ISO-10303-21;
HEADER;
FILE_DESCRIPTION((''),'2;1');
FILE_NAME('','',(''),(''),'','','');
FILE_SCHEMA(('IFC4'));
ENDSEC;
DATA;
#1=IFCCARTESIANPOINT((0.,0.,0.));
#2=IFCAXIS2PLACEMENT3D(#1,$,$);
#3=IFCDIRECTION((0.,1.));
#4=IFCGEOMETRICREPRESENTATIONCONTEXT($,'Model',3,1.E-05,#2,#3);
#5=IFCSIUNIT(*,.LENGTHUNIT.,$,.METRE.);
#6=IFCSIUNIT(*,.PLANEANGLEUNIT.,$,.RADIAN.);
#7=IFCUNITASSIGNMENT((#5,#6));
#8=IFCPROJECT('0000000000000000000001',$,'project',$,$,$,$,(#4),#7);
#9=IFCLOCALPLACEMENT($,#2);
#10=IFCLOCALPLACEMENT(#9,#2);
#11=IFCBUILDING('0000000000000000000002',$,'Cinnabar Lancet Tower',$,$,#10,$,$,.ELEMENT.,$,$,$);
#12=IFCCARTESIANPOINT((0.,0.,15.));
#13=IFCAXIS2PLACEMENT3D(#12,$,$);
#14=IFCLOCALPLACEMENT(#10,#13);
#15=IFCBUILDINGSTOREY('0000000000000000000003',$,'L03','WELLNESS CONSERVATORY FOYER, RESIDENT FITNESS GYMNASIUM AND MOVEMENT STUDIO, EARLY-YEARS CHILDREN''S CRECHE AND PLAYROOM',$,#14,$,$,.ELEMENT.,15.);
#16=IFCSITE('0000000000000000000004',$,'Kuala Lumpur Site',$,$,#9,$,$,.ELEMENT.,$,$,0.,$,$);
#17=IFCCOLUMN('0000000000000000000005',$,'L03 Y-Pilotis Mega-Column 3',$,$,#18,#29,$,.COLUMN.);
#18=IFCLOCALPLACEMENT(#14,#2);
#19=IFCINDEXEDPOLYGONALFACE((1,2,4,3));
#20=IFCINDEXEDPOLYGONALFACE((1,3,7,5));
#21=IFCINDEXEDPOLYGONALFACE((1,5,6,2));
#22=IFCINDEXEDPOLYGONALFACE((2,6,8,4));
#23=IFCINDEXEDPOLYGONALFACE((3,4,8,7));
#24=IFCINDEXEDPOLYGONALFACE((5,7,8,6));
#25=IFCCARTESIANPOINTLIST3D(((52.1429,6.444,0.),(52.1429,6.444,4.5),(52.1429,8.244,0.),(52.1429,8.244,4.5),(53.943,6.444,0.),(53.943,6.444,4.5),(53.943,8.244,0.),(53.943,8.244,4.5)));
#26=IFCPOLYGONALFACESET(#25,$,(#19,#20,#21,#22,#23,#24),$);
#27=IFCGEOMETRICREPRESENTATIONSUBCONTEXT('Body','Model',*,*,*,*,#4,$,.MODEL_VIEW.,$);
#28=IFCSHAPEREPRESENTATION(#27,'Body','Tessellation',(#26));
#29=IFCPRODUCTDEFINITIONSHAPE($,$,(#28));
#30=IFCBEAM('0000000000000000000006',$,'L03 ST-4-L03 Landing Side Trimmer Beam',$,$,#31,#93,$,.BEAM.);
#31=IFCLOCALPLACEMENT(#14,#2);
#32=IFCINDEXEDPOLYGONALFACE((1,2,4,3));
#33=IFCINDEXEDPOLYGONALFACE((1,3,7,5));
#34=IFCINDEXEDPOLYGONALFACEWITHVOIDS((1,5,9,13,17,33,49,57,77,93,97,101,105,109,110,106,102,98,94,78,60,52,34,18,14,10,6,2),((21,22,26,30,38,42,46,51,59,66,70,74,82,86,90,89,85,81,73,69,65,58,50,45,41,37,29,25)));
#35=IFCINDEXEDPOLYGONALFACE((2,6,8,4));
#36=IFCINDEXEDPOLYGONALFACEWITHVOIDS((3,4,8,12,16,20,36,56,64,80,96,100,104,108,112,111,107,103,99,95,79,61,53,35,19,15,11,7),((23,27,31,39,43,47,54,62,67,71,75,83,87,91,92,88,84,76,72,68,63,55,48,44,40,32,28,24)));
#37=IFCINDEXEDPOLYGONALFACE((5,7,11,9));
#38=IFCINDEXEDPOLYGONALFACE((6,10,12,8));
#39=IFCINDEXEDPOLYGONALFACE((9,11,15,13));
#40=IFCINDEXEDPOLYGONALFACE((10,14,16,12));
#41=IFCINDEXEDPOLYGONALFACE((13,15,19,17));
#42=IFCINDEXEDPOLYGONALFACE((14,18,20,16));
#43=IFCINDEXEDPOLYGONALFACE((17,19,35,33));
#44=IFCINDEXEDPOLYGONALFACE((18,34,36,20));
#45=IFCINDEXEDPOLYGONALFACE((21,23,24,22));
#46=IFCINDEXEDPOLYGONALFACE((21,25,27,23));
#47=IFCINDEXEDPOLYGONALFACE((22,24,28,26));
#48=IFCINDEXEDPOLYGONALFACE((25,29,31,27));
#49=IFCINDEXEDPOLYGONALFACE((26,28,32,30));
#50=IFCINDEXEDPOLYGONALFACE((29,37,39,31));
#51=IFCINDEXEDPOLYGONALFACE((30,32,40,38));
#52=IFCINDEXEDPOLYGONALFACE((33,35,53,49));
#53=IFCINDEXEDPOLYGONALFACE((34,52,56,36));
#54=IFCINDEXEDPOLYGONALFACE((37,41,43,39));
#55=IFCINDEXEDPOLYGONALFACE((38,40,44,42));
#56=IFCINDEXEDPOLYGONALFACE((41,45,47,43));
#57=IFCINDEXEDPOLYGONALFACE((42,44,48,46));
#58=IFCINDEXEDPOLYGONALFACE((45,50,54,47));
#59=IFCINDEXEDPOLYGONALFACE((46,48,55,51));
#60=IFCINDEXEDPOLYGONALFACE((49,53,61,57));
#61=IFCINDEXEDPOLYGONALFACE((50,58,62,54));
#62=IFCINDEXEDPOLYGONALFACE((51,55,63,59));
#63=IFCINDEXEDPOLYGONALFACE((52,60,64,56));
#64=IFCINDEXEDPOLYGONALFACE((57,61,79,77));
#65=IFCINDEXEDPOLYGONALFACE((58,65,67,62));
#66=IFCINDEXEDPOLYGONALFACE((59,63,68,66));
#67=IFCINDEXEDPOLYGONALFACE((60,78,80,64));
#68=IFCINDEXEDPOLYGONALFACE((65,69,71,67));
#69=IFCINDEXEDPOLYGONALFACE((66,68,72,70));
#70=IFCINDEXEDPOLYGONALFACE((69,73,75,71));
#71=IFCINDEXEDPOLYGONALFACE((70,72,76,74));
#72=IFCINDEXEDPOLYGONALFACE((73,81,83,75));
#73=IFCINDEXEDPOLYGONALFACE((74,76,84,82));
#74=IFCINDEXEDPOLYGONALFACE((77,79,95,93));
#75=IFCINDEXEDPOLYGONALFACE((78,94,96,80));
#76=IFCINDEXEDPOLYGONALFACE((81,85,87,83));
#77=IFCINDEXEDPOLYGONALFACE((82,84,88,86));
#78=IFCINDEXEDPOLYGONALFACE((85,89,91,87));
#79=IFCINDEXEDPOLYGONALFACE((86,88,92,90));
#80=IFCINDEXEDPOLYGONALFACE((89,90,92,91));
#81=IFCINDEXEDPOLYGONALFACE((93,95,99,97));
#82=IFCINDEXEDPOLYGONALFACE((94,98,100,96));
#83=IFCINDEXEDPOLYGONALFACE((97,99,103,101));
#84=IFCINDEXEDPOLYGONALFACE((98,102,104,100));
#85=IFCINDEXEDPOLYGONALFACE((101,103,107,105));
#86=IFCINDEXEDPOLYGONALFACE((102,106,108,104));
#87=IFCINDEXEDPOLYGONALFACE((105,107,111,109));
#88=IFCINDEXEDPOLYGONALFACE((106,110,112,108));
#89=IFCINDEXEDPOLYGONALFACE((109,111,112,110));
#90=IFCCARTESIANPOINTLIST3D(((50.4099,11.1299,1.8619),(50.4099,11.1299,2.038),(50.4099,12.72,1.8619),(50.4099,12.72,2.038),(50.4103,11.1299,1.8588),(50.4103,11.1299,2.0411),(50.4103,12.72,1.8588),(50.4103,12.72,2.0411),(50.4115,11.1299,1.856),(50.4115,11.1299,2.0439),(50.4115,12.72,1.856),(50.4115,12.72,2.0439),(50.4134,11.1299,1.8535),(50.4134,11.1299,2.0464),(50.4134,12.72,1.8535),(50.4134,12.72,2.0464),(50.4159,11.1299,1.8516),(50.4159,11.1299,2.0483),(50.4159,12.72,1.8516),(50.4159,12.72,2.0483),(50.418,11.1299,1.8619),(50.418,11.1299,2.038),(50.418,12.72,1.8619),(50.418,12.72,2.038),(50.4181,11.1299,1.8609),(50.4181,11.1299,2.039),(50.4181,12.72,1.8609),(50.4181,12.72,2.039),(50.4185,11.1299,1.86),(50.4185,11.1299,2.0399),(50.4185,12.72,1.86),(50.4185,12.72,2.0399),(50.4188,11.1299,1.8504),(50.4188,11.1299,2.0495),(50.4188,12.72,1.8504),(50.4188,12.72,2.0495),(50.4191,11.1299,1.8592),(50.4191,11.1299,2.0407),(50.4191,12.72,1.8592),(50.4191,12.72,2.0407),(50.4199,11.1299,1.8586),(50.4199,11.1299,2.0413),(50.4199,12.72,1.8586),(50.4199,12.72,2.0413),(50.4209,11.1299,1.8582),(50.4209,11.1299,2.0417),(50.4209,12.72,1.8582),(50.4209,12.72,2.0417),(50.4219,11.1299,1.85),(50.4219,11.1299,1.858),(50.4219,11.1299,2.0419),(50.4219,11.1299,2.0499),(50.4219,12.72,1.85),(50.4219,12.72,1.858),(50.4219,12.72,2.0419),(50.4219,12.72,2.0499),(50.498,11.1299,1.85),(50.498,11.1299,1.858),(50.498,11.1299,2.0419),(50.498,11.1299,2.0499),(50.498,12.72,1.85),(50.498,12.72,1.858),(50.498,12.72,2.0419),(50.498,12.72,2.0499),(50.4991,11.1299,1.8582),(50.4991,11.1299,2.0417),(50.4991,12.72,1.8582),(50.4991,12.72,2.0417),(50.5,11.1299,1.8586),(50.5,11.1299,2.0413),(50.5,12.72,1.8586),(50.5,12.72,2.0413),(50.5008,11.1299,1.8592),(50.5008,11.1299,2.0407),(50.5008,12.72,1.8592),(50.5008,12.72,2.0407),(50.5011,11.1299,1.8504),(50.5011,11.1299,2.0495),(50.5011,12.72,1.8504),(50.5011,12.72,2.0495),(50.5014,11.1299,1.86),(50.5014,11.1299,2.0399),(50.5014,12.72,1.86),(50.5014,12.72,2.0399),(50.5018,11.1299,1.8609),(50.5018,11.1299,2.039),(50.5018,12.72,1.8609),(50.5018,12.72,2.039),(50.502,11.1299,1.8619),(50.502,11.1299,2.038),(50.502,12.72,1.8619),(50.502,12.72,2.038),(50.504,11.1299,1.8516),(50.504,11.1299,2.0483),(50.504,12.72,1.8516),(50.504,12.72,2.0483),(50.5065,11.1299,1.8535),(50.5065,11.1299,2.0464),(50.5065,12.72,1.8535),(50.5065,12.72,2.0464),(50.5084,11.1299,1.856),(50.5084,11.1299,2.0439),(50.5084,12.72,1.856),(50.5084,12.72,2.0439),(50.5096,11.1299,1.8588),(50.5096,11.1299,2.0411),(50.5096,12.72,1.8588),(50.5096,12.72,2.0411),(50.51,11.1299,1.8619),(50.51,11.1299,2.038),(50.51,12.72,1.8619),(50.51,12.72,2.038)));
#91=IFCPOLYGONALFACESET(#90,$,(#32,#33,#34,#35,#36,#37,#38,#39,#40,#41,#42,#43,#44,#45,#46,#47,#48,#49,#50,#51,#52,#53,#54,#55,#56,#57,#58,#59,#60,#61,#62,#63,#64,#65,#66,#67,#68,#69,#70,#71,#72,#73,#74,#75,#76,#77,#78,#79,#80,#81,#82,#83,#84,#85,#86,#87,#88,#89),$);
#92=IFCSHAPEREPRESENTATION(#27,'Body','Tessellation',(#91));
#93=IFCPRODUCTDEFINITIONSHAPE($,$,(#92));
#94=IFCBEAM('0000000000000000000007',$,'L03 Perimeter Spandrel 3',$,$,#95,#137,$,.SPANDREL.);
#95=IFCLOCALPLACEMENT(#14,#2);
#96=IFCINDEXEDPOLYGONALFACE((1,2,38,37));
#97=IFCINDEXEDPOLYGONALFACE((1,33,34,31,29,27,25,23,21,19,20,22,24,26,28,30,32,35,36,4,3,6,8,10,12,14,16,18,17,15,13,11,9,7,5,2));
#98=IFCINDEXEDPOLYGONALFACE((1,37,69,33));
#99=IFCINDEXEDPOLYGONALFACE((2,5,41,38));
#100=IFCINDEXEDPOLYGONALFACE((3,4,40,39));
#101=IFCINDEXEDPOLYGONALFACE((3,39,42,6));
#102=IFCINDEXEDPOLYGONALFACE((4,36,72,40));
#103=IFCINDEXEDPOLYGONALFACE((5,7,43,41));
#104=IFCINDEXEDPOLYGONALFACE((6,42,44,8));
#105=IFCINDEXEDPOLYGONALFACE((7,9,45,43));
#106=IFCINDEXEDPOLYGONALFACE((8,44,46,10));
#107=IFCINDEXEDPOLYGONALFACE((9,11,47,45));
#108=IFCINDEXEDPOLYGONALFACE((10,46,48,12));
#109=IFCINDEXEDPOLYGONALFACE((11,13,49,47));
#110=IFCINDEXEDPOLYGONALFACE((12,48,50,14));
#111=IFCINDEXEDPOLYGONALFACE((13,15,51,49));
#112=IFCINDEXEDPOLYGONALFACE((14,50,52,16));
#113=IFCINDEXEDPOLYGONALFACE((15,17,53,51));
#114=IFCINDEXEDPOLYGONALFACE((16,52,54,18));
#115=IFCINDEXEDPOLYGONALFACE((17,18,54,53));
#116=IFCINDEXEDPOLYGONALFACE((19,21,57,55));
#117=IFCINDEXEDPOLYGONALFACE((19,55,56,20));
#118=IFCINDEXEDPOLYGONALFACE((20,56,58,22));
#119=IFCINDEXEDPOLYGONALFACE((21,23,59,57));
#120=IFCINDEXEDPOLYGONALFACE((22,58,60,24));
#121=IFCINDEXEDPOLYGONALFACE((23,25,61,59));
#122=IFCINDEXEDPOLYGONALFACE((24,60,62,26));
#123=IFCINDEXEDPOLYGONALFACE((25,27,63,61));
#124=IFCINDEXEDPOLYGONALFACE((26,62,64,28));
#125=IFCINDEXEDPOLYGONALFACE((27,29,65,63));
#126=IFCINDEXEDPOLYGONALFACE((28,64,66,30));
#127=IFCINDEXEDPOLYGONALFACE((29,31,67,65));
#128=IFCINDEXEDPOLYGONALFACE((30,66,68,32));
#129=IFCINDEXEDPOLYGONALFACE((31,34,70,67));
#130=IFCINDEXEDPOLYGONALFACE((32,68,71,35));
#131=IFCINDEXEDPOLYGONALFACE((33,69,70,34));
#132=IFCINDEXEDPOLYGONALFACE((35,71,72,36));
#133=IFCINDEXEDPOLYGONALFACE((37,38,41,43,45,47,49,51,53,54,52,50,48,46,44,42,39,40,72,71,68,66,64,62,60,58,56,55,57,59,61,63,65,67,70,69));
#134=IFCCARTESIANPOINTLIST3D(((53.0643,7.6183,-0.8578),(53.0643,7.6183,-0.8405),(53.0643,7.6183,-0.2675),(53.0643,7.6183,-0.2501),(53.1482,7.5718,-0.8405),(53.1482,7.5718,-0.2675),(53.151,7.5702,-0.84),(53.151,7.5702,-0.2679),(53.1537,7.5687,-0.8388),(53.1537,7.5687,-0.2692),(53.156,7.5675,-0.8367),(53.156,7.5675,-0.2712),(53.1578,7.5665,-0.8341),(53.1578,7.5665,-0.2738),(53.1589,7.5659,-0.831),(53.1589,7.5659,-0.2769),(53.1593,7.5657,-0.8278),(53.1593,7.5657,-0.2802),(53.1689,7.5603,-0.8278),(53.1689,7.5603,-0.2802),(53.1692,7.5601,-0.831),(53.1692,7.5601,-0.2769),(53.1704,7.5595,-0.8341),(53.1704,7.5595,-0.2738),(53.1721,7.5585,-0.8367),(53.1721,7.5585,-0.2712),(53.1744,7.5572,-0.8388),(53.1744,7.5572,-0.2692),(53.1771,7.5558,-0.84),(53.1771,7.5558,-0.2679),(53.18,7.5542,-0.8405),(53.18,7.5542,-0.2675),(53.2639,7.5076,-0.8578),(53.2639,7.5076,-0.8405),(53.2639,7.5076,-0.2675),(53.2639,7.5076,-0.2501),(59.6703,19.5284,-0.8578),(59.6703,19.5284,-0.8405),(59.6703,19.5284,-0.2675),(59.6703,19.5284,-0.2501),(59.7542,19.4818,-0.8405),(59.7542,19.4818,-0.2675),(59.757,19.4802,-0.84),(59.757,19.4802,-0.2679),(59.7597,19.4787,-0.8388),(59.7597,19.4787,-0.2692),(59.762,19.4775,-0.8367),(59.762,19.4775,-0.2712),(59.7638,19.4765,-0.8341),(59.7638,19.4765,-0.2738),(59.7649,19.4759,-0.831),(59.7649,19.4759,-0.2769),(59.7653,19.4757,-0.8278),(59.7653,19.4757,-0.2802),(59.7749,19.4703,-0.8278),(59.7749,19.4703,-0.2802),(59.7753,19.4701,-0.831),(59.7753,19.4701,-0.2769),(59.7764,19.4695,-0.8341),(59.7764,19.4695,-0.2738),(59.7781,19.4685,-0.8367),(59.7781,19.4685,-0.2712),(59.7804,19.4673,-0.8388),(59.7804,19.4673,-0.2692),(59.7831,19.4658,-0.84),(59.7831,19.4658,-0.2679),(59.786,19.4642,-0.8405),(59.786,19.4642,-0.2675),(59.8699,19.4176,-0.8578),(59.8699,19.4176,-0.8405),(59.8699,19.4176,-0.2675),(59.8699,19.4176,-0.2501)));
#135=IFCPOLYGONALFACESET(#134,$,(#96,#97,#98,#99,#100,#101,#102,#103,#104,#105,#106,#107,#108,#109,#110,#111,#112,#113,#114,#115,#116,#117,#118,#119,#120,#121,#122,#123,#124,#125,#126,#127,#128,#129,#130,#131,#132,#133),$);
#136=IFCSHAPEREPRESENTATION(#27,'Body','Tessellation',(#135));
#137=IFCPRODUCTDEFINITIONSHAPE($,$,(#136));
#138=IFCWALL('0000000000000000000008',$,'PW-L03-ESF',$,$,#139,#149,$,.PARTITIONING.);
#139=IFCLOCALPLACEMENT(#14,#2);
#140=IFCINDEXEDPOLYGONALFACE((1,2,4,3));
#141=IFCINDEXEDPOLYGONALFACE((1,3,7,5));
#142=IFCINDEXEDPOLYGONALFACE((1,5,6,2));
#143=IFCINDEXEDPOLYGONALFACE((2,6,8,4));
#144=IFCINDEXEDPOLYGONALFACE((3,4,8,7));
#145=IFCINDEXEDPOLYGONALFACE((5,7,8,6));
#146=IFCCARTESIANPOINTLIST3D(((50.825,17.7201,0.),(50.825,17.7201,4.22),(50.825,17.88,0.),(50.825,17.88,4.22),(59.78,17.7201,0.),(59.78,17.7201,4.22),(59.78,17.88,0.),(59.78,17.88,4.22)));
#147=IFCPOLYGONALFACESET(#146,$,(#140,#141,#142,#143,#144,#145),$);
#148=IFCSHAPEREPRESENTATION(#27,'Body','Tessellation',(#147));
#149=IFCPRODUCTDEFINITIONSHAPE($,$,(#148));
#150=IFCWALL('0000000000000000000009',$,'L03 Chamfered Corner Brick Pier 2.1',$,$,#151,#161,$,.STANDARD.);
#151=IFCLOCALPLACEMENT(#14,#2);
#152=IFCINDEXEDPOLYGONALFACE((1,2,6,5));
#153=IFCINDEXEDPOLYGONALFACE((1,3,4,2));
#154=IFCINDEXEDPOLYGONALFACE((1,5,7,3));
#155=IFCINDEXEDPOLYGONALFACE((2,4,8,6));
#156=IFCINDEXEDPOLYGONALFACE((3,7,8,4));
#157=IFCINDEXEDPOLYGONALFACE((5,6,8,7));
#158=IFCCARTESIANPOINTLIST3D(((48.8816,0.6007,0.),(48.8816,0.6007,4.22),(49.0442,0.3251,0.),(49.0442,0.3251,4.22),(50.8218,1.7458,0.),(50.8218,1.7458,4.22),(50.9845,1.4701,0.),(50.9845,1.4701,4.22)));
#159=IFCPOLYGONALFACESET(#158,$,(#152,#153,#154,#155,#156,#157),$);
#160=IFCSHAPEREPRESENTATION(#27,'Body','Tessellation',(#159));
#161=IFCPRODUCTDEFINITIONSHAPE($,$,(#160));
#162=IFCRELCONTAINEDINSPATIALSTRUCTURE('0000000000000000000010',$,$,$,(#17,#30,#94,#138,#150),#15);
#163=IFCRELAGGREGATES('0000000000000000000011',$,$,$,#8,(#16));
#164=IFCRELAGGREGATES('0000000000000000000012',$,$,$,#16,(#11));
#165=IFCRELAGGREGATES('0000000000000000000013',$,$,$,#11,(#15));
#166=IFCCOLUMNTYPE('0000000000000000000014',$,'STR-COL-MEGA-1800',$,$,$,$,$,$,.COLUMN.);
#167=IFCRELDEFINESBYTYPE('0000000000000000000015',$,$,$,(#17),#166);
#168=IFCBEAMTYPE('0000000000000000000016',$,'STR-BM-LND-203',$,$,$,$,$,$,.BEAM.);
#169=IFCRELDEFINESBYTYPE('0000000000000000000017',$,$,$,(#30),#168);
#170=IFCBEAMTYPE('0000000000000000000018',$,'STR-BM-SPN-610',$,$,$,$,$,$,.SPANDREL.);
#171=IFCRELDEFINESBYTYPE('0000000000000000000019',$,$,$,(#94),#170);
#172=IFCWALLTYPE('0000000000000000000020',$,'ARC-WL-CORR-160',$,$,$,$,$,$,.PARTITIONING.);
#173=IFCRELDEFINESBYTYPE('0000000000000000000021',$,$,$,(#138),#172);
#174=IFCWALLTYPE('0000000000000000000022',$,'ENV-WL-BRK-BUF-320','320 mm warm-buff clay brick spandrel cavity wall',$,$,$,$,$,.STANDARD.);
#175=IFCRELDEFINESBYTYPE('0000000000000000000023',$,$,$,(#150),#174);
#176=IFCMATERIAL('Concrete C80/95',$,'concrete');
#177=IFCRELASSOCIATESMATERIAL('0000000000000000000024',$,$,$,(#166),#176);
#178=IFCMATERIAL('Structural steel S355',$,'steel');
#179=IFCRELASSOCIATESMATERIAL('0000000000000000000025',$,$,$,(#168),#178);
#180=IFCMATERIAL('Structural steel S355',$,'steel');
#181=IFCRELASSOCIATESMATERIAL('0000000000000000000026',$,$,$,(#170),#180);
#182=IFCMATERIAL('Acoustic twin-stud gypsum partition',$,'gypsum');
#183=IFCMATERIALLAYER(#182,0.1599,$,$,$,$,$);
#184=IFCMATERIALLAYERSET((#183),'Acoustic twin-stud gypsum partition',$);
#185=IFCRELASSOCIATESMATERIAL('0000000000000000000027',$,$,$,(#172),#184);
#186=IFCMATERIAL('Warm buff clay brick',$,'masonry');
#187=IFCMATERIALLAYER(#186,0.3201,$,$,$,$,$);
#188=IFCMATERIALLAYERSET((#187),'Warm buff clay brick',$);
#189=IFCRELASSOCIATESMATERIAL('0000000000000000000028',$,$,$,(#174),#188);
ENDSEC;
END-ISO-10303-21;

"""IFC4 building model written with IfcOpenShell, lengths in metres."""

from ifc_helpers import new_model, si_unit, direction, frame, frame_2d, origin, origin_2d, place, context, subcontext, project, spatial, rectangle, hollow_rectangle, i_section, extrude, material, layer, layer_set, material_profile, profile_set, type_object, element, save


model = new_model("IFC4")

# Units and contexts
model_context = context("Model", 3, precision=1e-05, world=origin(), true_north=direction((0.0, 1.0)))
body_context = subcontext(model_context, "Body", "Model", "MODEL_VIEW")
ifc_project = project(units=[si_unit("LENGTHUNIT", "METRE"), si_unit("PLANEANGLEUNIT", "RADIAN")], contexts=[model_context])

# Site, building, storey
site_placement = place(None, origin())
site = spatial("IfcSite", under=ifc_project, at=site_placement, Name="Kuala Lumpur Site", CompositionType="ELEMENT", RefElevation=0.0)
building_placement = place(site_placement, origin())
building = spatial("IfcBuilding", under=site, at=building_placement, Name="Cinnabar Lancet Tower", CompositionType="ELEMENT")
storey_placement = place(building_placement, frame((0.0, 0.0, 15.0)))
storey = spatial("IfcBuildingStorey", under=building, at=storey_placement, Name="L03", Description="WELLNESS CONSERVATORY FOYER, RESIDENT FITNESS GYMNASIUM AND MOVEMENT STUDIO, EARLY-YEARS CHILDREN'S CRECHE AND PLAYROOM", CompositionType="ELEMENT", Elevation=15.0)

# Column
ifc_material_1 = material(Name="Concrete C80/95", Category="concrete")
ifc_material_profile_1 = material_profile(ifc_material_1, rectangle(XDim=1.8, YDim=1.8, at=origin_2d()), Name="RC-MEGA 1800x1800")
ifc_profile_set_1 = profile_set([ifc_material_profile_1], Name="Concrete C80/95")
column_type = type_object("IfcColumnType", Name="STR-COL-MEGA-1800", PredefinedType="COLUMN", material=ifc_profile_set_1)
column_placement = place(storey_placement, frame((53.043, 7.344, 0.0), z_axis=(0.0, 0.0, 1.0), x_axis=(1.0, 0.0, 0.0)))
element("IfcColumn", 1, at=column_placement, inside=storey, type_object=column_type, Name="L03 Y-Pilotis Mega-Column 3", PredefinedType="COLUMN", context=body_context, shape_type="SweptSolid", body=[
    extrude(rectangle(XDim=1.8, YDim=1.8, at=origin_2d()), origin(), (0.0, 0.0, 1.0), 4.5),
])

# Beams
ifc_material_2 = material(Name="Structural steel S355", Category="steel")
ifc_material_profile_2 = material_profile(ifc_material_2, hollow_rectangle(XDim=0.1001, YDim=0.2, WallThickness=0.0081, InnerFilletRadius=0.0039, OuterFilletRadius=0.012, at=origin_2d()), Name="RHS 200x100x8")
ifc_profile_set_2 = profile_set([ifc_material_profile_2], Name="Structural steel S355")
beam_type_1 = type_object("IfcBeamType", Name="STR-BM-LND-203", PredefinedType="BEAM", material=ifc_profile_set_2)
beam_1_placement = place(storey_placement, frame((50.46, 11.1299, 1.95), z_axis=(0.0, 1.0, 0.0), x_axis=(-1.0, 0.0, 0.0)))
element("IfcBeam", 2, at=beam_1_placement, inside=storey, type_object=beam_type_1, Name="L03 ST-4-L03 Landing Side Trimmer Beam", PredefinedType="BEAM", context=body_context, shape_type="SweptSolid", body=[
    extrude(hollow_rectangle(XDim=0.1001, YDim=0.2, WallThickness=0.0081, InnerFilletRadius=0.0039, OuterFilletRadius=0.012, at=origin_2d()), origin(), (0.0, 0.0, 1.0), 1.5901),
])
ifc_material_3 = material(Name="Structural steel S355", Category="steel")
ifc_material_profile_3 = material_profile(ifc_material_3, i_section(OverallWidth=0.2283, OverallDepth=0.6077, WebThickness=0.011, FlangeThickness=0.0173, FilletRadius=0.0127, at=origin_2d()), Name="UKB 610x229x113")
ifc_profile_set_3 = profile_set([ifc_material_profile_3], Name="Structural steel S355")
beam_type_2 = type_object("IfcBeamType", Name="STR-BM-SPN-610", PredefinedType="SPANDREL", material=ifc_profile_set_3)
beam_2_placement = place(storey_placement, frame((53.1641, 7.563, -0.554), z_axis=(0.485045, 0.874489, 0.0), x_axis=(-0.874489, 0.485045, 0.0)))
element("IfcBeam", 3, at=beam_2_placement, inside=storey, type_object=beam_type_2, Name="L03 Perimeter Spandrel 3", PredefinedType="SPANDREL", context=body_context, shape_type="SweptSolid", body=[
    extrude(i_section(OverallWidth=0.2283, OverallDepth=0.6077, WebThickness=0.011, FlangeThickness=0.0173, FilletRadius=0.0127, at=origin_2d()), origin(), (0.0, 0.0, 1.0), 13.6194),
])

# Walls
ifc_material_4 = material(Name="Acoustic twin-stud gypsum partition", Category="gypsum")
ifc_layer_1 = layer(ifc_material_4, 0.1599)
ifc_layer_set_1 = layer_set([ifc_layer_1], Name="Acoustic twin-stud gypsum partition")
wall_type_1 = type_object("IfcWallType", Name="ARC-WL-CORR-160", PredefinedType="PARTITIONING", material=ifc_layer_set_1)
wall_1_placement = place(storey_placement, frame((50.825, 17.8, 0.0), z_axis=(0.0, 0.0, 1.0), x_axis=(1.0, 0.0, 0.0)))
element("IfcWall", 4, at=wall_1_placement, inside=storey, type_object=wall_type_1, Name="PW-L03-ESF", PredefinedType="PARTITIONING", context=body_context, shape_type="SweptSolid", body=[
    extrude(rectangle(XDim=8.9551, YDim=0.1599, at=frame_2d((4.4775, 0.0))), origin(), (0.0, 0.0, 1.0), 4.22),
])
ifc_material_5 = material(Name="Warm buff clay brick", Category="masonry")
ifc_layer_2 = layer(ifc_material_5, 0.3201)
ifc_layer_set_2 = layer_set([ifc_layer_2], Name="Warm buff clay brick")
wall_type_2 = type_object("IfcWallType", Name="ENV-WL-BRK-BUF-320", Description="320 mm warm-buff clay brick spandrel cavity wall", PredefinedType="STANDARD", material=ifc_layer_set_2)
wall_2_placement = place(storey_placement, frame((48.9629, 0.4629, 0.0), z_axis=(0.0, 0.0, 1.0), x_axis=(0.861209, 0.508251, 0.0)))
element("IfcWall", 5, at=wall_2_placement, inside=storey, type_object=wall_type_2, Name="L03 Chamfered Corner Brick Pier 2.1", PredefinedType="STANDARD", context=body_context, shape_type="SweptSolid", body=[
    extrude(rectangle(XDim=2.2529, YDim=0.3201, at=frame_2d((1.1265, 0.0))), origin(), (0.0, 0.0, 1.0), 4.22),
])

save(model, "model.ifc")
